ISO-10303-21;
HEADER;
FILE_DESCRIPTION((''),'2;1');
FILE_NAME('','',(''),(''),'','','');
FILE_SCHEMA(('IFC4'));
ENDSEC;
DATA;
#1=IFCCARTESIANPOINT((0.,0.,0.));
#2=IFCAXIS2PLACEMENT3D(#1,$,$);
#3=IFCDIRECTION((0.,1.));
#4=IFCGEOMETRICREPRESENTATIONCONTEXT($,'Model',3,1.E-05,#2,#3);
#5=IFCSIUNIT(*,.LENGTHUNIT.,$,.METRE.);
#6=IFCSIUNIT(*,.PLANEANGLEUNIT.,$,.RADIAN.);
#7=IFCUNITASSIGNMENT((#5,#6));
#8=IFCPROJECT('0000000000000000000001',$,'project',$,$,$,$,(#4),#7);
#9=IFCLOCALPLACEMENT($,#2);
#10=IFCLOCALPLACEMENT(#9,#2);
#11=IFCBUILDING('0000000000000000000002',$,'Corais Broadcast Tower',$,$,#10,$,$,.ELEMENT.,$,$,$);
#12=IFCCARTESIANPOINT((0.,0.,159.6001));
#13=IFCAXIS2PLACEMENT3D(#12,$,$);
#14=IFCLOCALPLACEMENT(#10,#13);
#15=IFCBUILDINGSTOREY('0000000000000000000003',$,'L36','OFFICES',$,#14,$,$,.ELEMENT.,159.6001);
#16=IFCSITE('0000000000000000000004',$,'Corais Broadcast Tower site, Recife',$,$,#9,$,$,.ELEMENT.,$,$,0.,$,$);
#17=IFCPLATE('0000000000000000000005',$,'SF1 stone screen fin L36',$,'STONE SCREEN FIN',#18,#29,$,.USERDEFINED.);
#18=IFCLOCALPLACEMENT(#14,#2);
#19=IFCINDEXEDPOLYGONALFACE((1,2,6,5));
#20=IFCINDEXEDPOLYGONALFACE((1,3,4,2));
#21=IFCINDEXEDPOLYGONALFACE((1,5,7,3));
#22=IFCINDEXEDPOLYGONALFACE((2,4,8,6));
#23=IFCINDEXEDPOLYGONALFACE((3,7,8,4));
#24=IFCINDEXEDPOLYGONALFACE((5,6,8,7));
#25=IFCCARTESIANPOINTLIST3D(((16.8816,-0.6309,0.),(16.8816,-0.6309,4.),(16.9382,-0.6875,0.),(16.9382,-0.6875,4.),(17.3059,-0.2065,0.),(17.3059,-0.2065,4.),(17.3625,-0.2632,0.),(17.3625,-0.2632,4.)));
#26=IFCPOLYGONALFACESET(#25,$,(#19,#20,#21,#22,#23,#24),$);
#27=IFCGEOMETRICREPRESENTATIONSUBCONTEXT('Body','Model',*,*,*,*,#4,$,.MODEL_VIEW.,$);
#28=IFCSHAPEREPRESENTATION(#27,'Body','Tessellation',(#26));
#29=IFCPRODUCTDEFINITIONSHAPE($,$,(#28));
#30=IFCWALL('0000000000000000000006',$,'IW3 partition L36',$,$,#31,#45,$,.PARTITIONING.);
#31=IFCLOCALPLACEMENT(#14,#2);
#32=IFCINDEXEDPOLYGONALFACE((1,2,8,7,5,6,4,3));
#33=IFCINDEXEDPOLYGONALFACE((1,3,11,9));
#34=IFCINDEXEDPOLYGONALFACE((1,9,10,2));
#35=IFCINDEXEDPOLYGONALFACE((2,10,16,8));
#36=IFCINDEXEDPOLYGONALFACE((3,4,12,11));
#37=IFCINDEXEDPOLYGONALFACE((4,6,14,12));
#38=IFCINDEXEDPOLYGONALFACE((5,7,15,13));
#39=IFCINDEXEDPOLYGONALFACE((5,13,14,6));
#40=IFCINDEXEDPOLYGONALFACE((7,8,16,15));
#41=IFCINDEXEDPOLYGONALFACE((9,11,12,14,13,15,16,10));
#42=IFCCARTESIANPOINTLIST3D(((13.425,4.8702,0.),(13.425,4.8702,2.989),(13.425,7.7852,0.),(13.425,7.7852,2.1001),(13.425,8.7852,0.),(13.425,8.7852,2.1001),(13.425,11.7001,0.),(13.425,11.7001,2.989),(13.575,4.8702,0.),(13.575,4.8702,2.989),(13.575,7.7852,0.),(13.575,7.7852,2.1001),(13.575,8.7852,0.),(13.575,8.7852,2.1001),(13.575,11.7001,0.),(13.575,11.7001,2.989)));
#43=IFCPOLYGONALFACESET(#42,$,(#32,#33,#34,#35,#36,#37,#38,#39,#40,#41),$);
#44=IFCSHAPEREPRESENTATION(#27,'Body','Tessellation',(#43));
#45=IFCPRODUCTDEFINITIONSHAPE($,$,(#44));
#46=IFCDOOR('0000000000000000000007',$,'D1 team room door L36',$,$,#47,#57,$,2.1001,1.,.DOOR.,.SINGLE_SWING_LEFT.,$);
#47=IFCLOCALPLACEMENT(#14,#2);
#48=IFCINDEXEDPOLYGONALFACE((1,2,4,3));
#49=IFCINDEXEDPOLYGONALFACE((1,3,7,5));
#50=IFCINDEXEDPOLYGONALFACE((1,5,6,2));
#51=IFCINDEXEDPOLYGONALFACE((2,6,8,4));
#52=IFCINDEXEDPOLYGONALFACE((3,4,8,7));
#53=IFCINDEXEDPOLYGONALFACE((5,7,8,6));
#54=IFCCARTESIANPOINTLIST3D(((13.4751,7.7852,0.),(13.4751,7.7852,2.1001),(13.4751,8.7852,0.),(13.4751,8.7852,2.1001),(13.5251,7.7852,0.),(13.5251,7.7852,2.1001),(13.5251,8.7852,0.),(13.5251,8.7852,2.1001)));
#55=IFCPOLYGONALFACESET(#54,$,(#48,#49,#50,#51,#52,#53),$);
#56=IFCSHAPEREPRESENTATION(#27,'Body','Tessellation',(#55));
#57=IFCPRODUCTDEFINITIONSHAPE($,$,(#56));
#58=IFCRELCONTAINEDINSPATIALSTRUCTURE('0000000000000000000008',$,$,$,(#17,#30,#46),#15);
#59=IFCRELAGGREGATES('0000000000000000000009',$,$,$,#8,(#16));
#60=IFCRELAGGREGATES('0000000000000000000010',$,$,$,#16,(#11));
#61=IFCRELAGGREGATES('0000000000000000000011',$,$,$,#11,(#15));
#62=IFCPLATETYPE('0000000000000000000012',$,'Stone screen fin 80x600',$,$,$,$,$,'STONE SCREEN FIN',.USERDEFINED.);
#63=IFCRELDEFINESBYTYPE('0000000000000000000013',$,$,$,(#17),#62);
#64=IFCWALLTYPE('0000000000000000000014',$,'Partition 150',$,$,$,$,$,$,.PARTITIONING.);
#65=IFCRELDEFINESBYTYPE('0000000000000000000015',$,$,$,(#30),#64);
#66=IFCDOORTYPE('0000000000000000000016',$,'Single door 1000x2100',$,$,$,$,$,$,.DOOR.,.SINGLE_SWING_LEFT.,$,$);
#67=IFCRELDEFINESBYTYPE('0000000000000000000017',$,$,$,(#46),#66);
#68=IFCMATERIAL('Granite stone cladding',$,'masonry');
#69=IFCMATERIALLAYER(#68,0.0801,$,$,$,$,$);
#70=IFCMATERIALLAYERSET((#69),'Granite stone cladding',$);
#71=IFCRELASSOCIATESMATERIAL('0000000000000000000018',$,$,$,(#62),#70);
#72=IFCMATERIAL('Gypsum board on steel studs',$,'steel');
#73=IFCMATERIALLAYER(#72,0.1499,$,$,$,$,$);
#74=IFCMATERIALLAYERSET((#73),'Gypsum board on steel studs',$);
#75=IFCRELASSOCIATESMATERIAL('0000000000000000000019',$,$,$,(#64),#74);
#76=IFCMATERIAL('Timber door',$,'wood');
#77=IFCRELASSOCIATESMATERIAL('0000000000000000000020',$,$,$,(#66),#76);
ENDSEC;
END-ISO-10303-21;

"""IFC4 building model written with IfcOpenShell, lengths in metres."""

from ifc_helpers import new_model, si_unit, direction, frame, frame_2d, origin, origin_2d, place, context, subcontext, project, spatial, rectangle, extrude, material, layer, layer_set, type_object, element, fill, save


model = new_model("IFC4")

# Units and contexts
model_context = context("Model", 3, precision=1e-05, world=origin(), true_north=direction((0.0, 1.0)))
body_context = subcontext(model_context, "Body", "Model", "MODEL_VIEW")
ifc_project = project(units=[si_unit("LENGTHUNIT", "METRE"), si_unit("PLANEANGLEUNIT", "RADIAN")], contexts=[model_context])

# Site, building, storey
site_placement = place(None, origin())
site = spatial("IfcSite", under=ifc_project, at=site_placement, Name="Corais Broadcast Tower site, Recife", CompositionType="ELEMENT", RefElevation=0.0)
building_placement = place(site_placement, origin())
building = spatial("IfcBuilding", under=site, at=building_placement, Name="Corais Broadcast Tower", CompositionType="ELEMENT")
storey_placement = place(building_placement, frame((0.0, 0.0, 159.6001)))
storey = spatial("IfcBuildingStorey", under=building, at=storey_placement, Name="L36", Description="OFFICES", CompositionType="ELEMENT", Elevation=159.6001)

# Plate
ifc_material_1 = material(Name="Granite stone cladding", Category="masonry")
ifc_layer_1 = layer(ifc_material_1, 0.0801)
ifc_layer_set_1 = layer_set([ifc_layer_1], Name="Granite stone cladding")
plate_type_1 = type_object("IfcPlateType", Name="Stone screen fin 80x600", ElementType="STONE SCREEN FIN", PredefinedType="USERDEFINED", material=ifc_layer_set_1)
plate_1_placement = place(storey_placement, frame((17.1221, -0.447, 0.0), z_axis=(0.0, 0.0, 1.0), x_axis=(-0.707107, 0.707107, 0.0)))
element("IfcPlate", 1, at=plate_1_placement, inside=storey, type_object=plate_type_1, Name="SF1 stone screen fin L36", ObjectType="STONE SCREEN FIN", PredefinedType="USERDEFINED", context=body_context, shape_type="SweptSolid", body=[
    extrude(rectangle(XDim=0.0801, YDim=0.6001, at=origin_2d()), origin(), (0.0, 0.0, 1.0), 4.0),
])

# Wall, opening, door
ifc_material_2 = material(Name="Gypsum board on steel studs", Category="steel")
ifc_layer_2 = layer(ifc_material_2, 0.1499)
ifc_layer_set_2 = layer_set([ifc_layer_2], Name="Gypsum board on steel studs")
wall_type = type_object("IfcWallType", Name="Partition 150", PredefinedType="PARTITIONING", material=ifc_layer_set_2)
wall_placement = place(storey_placement, frame((13.5, 4.8701, 0.0), z_axis=(0.0, 0.0, 1.0), x_axis=(0.0, 1.0, 0.0)))
wall = element("IfcWall", 2, at=wall_placement, inside=storey, type_object=wall_type, Name="IW3 partition L36", PredefinedType="PARTITIONING", context=body_context, shape_type="SweptSolid", body=[
    extrude(rectangle(XDim=6.8298, YDim=0.1499, at=frame_2d((3.415, 0.0))), origin(), (0.0, 0.0, 1.0), 2.989),
])
opening_placement = place(wall_placement, frame((2.915, 0.0, 0.0)))
opening = element("IfcOpeningElement", 3, at=opening_placement, cuts=wall, PredefinedType="OPENING", context=body_context, shape_type="SweptSolid", body=[
    extrude(rectangle(XDim=1.0, YDim=2.1001, at=frame_2d((0.5, 1.05))), frame((0.0, 0.085, 0.0), z_axis=(0.0, -1.0, 0.0), x_axis=(1.0, 0.0, 0.0)), (0.0, 0.0, 1.0), 0.1699),
])
ifc_material_3 = material(Name="Timber door", Category="wood")
door_type = type_object("IfcDoorType", Name="Single door 1000x2100", OperationType="SINGLE_SWING_LEFT", PredefinedType="DOOR", material=ifc_material_3)
door_placement = place(opening_placement, origin())
door = element("IfcDoor", 4, at=door_placement, inside=storey, type_object=door_type, Name="D1 team room door L36", OperationType="SINGLE_SWING_LEFT", OverallHeight=2.1001, OverallWidth=1.0, PredefinedType="DOOR", context=body_context, shape_type="SweptSolid", body=[
    extrude(rectangle(XDim=1.0, YDim=2.1001, at=frame_2d((0.5, 1.05))), frame((0.0, 0.0249, 0.0), z_axis=(0.0, -1.0, 0.0), x_axis=(1.0, 0.0, 0.0)), (0.0, 0.0, 1.0), 0.05),
])
fill(opening, door)

save(model, "model.ifc")
